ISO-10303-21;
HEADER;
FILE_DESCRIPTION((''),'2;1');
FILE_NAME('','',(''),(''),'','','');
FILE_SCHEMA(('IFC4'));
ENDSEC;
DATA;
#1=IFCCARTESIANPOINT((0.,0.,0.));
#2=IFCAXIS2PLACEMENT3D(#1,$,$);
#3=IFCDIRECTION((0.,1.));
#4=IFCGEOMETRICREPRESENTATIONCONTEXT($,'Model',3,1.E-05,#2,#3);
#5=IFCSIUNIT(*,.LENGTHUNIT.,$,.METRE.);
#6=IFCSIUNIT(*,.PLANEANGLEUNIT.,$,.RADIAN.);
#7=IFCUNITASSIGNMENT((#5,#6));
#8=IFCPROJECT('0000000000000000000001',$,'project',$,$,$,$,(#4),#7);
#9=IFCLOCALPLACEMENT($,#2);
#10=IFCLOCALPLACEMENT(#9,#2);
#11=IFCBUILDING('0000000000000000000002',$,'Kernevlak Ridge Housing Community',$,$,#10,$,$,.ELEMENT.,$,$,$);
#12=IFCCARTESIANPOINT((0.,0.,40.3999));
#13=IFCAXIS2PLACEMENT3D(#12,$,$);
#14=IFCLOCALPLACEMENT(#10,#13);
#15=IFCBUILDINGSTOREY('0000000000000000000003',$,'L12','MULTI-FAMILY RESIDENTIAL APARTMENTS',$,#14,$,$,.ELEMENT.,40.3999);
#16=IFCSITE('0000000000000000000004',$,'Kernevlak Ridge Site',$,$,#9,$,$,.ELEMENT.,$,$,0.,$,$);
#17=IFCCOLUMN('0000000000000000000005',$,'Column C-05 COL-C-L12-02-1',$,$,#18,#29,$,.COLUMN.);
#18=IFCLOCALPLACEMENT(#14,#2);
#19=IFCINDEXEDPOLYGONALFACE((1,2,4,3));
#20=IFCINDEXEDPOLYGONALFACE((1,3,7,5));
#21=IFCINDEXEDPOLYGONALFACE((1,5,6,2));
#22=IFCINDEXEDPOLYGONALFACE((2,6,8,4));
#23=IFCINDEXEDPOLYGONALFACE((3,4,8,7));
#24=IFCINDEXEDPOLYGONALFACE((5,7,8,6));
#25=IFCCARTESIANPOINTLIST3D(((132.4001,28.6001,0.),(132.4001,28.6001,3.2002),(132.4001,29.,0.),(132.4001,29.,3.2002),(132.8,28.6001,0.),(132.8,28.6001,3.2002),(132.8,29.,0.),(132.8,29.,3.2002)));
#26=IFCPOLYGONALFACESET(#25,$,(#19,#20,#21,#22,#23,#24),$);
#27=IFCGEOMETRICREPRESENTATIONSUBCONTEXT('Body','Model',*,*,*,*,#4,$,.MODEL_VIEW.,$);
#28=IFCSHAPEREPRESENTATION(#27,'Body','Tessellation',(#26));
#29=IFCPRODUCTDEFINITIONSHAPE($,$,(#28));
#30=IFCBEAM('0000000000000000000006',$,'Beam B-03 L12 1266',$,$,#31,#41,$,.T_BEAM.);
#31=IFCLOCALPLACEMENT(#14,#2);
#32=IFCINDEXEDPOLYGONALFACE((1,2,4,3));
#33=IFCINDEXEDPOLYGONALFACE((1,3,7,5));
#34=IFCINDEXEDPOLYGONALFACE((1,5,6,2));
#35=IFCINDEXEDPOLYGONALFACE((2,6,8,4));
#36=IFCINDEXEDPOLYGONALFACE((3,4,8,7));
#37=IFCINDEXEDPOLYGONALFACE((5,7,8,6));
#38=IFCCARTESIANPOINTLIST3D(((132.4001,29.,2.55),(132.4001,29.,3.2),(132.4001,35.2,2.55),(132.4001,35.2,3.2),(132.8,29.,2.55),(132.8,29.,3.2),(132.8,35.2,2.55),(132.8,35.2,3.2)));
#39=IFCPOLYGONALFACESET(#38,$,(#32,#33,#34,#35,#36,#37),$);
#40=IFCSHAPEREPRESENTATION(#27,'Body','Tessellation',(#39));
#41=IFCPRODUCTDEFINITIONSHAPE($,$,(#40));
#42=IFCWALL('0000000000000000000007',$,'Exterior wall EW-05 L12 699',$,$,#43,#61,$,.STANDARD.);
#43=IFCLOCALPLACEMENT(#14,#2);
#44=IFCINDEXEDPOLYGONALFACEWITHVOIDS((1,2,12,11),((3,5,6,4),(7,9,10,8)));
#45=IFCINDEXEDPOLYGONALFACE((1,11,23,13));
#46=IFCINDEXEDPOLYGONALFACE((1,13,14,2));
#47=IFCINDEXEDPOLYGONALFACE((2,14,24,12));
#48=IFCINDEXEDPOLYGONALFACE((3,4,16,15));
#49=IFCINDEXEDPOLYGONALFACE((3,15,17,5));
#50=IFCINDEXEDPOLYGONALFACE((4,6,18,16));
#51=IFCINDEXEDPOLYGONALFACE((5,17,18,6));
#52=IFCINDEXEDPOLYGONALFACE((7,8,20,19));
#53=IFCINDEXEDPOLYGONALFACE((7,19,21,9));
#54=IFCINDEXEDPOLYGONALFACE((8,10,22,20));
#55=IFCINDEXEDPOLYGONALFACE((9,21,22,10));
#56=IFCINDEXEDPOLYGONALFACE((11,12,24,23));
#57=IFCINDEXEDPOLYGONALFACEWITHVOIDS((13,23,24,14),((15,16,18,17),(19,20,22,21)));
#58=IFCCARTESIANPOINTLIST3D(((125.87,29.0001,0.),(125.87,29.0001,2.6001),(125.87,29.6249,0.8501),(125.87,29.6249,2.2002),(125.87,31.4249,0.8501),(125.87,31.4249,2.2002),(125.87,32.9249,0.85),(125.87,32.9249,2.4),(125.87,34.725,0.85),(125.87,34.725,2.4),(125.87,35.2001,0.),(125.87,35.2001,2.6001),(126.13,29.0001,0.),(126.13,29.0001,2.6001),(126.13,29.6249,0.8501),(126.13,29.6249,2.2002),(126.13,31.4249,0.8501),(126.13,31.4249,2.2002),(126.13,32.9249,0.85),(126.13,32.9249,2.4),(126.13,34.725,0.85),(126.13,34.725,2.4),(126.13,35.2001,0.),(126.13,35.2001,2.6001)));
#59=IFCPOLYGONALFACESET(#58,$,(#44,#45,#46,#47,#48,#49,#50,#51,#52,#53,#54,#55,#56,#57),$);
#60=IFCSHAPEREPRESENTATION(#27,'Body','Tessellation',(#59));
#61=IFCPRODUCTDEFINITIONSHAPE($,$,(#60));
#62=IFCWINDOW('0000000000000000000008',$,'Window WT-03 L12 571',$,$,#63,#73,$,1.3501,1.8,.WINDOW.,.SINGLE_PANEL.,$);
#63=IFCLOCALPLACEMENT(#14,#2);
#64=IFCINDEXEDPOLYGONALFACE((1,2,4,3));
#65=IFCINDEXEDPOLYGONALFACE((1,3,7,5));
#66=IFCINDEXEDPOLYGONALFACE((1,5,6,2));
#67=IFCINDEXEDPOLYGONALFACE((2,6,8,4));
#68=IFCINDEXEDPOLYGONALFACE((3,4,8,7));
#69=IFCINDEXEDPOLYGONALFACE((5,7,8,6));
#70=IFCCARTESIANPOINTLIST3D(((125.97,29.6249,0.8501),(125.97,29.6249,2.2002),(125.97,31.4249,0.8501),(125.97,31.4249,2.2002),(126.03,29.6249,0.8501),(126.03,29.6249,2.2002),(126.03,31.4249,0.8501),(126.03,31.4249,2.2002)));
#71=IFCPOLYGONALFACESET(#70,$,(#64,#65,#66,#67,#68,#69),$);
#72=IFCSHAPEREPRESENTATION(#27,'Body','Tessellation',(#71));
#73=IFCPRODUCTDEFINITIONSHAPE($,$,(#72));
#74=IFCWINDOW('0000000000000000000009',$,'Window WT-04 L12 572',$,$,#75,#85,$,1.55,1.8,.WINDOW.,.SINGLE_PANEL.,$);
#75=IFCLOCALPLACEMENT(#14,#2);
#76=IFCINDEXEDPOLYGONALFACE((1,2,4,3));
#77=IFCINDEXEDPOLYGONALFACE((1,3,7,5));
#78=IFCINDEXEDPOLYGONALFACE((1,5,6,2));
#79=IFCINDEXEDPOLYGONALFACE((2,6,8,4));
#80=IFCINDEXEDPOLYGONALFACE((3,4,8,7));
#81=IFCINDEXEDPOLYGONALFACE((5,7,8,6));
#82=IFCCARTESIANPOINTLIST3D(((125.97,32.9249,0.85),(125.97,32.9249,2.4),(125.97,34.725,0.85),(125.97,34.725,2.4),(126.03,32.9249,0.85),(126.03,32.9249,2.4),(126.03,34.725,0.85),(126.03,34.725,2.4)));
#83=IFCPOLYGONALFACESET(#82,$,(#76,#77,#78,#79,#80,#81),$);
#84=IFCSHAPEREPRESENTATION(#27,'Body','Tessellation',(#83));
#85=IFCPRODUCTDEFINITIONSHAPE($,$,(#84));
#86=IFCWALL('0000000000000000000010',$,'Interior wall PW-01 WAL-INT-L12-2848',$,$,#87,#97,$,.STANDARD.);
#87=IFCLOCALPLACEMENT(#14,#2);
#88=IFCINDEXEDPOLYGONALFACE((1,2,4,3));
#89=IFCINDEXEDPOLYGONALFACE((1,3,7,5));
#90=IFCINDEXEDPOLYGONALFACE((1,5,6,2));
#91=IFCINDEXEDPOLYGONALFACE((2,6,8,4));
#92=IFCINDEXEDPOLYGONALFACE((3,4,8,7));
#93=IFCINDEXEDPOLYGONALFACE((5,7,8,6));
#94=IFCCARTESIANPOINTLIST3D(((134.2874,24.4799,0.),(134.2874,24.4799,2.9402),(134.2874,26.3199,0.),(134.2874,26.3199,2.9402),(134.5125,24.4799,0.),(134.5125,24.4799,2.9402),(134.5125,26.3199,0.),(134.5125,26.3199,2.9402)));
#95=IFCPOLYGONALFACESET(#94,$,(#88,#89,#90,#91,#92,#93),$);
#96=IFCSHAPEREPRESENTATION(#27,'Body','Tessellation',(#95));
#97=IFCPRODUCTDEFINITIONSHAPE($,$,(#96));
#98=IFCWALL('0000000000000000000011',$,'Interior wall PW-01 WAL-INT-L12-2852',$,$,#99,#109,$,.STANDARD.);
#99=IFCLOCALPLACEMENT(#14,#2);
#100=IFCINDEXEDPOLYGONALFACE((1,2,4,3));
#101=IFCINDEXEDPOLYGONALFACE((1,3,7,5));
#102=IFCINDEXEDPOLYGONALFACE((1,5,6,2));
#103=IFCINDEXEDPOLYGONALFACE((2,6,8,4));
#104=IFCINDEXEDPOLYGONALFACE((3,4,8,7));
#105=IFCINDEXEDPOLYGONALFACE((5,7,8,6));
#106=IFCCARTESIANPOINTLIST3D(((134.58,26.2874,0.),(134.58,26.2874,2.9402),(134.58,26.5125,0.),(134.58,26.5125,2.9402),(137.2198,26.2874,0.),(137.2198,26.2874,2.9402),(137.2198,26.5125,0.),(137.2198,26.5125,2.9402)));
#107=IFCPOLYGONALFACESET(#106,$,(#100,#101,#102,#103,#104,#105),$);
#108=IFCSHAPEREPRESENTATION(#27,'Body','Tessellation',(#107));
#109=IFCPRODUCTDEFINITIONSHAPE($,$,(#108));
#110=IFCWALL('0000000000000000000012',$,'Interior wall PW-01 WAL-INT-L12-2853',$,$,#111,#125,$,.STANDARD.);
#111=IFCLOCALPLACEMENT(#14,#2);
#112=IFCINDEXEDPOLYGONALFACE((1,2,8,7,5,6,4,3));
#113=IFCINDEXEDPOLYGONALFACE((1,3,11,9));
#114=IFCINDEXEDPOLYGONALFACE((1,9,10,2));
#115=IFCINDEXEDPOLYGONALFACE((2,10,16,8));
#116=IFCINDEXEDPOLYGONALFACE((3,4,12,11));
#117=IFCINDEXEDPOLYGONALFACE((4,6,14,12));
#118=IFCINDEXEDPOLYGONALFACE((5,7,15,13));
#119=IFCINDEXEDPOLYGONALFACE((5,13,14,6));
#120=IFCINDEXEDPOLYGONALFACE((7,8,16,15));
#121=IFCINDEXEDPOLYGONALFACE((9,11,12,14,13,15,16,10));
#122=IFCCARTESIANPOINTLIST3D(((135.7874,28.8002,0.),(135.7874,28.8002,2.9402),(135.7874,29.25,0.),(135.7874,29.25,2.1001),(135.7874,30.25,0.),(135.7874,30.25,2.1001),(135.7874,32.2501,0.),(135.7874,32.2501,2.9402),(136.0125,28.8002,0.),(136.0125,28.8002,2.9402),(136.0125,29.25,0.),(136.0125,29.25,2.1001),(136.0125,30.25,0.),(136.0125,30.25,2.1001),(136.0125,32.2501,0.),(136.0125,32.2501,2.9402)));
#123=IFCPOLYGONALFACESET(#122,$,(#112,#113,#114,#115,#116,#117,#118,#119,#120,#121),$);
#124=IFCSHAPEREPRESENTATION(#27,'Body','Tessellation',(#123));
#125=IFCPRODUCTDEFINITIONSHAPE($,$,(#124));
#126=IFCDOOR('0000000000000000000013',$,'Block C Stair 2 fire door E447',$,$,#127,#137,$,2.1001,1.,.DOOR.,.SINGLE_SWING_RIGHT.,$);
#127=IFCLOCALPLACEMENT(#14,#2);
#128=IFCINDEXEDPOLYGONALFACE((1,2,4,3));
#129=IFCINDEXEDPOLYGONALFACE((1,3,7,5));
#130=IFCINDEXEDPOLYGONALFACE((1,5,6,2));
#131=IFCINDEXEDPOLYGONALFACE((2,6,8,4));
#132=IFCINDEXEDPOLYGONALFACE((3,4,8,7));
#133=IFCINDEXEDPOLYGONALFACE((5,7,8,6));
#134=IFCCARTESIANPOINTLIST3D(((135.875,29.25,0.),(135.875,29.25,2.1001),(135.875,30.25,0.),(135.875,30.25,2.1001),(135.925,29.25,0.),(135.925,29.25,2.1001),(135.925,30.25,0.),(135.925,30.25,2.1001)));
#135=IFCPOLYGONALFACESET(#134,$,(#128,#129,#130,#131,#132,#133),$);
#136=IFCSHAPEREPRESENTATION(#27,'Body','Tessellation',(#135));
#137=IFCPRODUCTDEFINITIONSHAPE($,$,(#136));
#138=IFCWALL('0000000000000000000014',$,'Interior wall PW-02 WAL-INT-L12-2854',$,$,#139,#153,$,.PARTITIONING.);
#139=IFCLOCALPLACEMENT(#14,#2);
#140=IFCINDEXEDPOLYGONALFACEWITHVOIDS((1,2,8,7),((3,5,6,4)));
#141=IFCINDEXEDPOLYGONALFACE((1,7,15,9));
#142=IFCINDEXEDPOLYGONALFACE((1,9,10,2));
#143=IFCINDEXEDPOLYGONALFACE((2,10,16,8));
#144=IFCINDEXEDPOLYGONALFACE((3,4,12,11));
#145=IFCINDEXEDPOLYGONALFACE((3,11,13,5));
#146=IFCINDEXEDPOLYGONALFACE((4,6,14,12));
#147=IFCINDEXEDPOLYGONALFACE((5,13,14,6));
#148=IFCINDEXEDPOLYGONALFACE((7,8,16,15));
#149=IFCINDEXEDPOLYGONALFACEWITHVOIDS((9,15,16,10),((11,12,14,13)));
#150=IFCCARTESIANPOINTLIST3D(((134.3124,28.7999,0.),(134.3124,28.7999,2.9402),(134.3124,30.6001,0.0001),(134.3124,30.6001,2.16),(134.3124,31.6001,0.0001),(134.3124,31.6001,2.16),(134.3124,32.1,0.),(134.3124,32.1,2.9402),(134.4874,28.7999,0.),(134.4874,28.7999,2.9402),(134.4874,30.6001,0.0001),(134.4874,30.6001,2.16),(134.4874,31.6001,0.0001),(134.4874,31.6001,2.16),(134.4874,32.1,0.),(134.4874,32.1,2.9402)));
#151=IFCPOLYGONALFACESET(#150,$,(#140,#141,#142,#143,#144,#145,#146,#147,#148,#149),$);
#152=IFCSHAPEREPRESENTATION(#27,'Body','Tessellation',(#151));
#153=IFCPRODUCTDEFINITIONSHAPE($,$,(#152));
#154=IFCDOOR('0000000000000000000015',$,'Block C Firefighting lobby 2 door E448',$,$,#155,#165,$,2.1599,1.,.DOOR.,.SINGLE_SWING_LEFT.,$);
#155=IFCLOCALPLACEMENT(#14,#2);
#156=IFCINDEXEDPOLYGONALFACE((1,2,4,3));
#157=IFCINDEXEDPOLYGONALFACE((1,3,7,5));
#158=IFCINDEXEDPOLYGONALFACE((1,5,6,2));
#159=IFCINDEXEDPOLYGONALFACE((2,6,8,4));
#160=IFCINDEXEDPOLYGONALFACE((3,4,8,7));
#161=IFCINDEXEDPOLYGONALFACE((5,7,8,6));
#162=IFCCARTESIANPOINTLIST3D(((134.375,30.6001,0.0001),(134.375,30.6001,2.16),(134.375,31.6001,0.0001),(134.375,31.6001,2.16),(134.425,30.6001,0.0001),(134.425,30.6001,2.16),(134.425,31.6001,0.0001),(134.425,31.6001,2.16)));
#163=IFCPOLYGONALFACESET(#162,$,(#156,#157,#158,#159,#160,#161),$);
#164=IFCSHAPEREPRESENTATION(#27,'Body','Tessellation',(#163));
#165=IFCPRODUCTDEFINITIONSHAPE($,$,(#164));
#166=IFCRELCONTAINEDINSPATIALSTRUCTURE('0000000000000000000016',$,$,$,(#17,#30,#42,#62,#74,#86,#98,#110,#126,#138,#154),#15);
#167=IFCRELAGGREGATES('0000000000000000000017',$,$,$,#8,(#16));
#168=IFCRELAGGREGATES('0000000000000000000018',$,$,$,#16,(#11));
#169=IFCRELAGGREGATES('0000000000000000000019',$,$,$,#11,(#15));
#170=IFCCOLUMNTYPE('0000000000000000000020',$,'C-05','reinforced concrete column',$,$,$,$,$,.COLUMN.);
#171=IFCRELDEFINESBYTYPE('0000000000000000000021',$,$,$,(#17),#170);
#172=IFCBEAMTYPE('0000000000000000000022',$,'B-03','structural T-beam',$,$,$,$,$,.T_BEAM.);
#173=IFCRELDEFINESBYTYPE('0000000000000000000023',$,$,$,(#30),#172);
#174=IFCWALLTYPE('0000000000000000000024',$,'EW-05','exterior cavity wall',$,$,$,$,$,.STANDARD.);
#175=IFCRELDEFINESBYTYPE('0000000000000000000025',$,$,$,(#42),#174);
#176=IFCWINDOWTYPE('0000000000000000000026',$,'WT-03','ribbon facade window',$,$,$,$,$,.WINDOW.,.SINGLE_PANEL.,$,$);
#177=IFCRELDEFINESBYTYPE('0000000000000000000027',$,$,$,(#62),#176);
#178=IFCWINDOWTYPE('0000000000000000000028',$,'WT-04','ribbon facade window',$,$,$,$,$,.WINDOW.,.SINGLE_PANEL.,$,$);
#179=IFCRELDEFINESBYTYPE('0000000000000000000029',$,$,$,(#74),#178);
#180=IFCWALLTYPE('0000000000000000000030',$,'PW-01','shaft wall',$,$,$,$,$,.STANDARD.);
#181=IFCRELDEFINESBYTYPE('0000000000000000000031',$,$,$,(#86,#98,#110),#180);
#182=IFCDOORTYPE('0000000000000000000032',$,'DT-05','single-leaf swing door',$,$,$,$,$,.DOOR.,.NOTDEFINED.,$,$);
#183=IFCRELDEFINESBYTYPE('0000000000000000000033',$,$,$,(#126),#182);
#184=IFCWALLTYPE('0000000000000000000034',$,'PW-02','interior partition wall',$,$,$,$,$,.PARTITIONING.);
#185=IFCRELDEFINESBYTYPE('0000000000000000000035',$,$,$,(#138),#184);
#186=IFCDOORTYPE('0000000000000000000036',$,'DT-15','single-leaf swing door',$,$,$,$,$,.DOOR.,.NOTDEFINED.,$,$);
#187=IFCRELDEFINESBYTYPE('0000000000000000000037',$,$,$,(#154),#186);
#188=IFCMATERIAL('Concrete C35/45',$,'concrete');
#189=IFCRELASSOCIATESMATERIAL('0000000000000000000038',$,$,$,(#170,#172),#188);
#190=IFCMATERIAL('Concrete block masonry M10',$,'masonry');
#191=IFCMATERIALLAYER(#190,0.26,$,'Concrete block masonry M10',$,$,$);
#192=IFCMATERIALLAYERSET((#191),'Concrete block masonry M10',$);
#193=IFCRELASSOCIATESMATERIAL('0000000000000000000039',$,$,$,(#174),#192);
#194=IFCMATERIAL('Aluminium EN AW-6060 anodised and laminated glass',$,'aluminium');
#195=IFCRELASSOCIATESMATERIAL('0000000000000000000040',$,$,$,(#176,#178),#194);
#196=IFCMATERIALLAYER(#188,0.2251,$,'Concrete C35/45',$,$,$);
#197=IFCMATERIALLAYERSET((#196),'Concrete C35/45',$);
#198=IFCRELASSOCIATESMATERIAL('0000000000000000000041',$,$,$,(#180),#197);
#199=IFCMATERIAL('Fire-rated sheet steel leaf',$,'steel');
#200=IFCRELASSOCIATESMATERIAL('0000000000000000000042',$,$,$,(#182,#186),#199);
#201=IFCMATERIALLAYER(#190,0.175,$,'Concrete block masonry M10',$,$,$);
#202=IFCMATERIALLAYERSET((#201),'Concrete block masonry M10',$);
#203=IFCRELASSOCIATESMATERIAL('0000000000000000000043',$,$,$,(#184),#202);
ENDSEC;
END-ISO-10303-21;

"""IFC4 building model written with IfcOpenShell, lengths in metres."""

from ifc_helpers import new_model, si_unit, direction, frame, frame_2d, origin, origin_2d, place, context, subcontext, project, spatial, rectangle, extrude, material, layer, layer_set, material_profile, profile_set, type_object, element, fill, save


model = new_model("IFC4")

# Units and contexts
model_context = context("Model", 3, precision=1e-05, world=origin(), true_north=direction((0.0, 1.0)))
body_context = subcontext(model_context, "Body", "Model", "MODEL_VIEW")
ifc_project = project(units=[si_unit("LENGTHUNIT", "METRE"), si_unit("PLANEANGLEUNIT", "RADIAN")], contexts=[model_context])

# Site, building, storey
site_placement = place(None, origin())
site = spatial("IfcSite", under=ifc_project, at=site_placement, Name="Kernevlak Ridge Site", CompositionType="ELEMENT", RefElevation=0.0)
building_placement = place(site_placement, origin())
building = spatial("IfcBuilding", under=site, at=building_placement, Name="Kernevlak Ridge Housing Community", CompositionType="ELEMENT")
storey_placement = place(building_placement, frame((0.0, 0.0, 40.3999)))
storey = spatial("IfcBuildingStorey", under=building, at=storey_placement, Name="L12", Description="MULTI-FAMILY RESIDENTIAL APARTMENTS", CompositionType="ELEMENT", Elevation=40.3999)

# Column
ifc_material_1 = material(Name="Concrete C35/45", Category="concrete")
ifc_material_profile_1 = material_profile(ifc_material_1, rectangle(XDim=0.3999, YDim=0.3999, at=origin_2d()), Name="RC 400x400")
ifc_profile_set_1 = profile_set([ifc_material_profile_1], Name="Concrete C35/45")
column_type = type_object("IfcColumnType", Name="C-05", Description="reinforced concrete column", PredefinedType="COLUMN", material=ifc_profile_set_1)
column_placement = place(storey_placement, frame((132.6001, 28.8, 0.0), z_axis=(0.0, 0.0, 1.0), x_axis=(1.0, 0.0, 0.0)))
element("IfcColumn", 1, at=column_placement, inside=storey, type_object=column_type, Name="Column C-05 COL-C-L12-02-1", PredefinedType="COLUMN", context=body_context, shape_type="SweptSolid", body=[
    extrude(rectangle(XDim=0.3999, YDim=0.3999, at=origin_2d()), origin(), (0.0, 0.0, 1.0), 3.2002),
])

# Beam
ifc_material_profile_2 = material_profile(ifc_material_1, rectangle(XDim=0.3999, YDim=0.6499, at=origin_2d()), Name="RC 400x650")
ifc_profile_set_2 = profile_set([ifc_material_profile_2], Name="Concrete C35/45")
beam_type = type_object("IfcBeamType", Name="B-03", Description="structural T-beam", PredefinedType="T_BEAM", material=ifc_profile_set_2)
beam_placement = place(storey_placement, frame((132.6001, 29.0, 2.875), z_axis=(0.0, 1.0, 0.0), x_axis=(-1.0, 0.0, 0.0)))
element("IfcBeam", 2, at=beam_placement, inside=storey, type_object=beam_type, Name="Beam B-03 L12 1266", PredefinedType="T_BEAM", context=body_context, shape_type="SweptSolid", body=[
    extrude(rectangle(XDim=0.3999, YDim=0.6499, at=origin_2d()), origin(), (0.0, 0.0, 1.0), 6.2),
])

# Wall, openings, windows
ifc_material_2 = material(Name="Concrete block masonry M10", Category="masonry")
ifc_layer_1 = layer(ifc_material_2, 0.26, Name="Concrete block masonry M10")
ifc_layer_set_1 = layer_set([ifc_layer_1], Name="Concrete block masonry M10")
wall_type_1 = type_object("IfcWallType", Name="EW-05", Description="exterior cavity wall", PredefinedType="STANDARD", material=ifc_layer_set_1)
wall_1_placement = place(storey_placement, frame((126.0, 29.0, 0.0), z_axis=(0.0, 0.0, 1.0), x_axis=(0.0, 1.0, 0.0)))
wall_1 = element("IfcWall", 3, at=wall_1_placement, inside=storey, type_object=wall_type_1, Name="Exterior wall EW-05 L12 699", PredefinedType="STANDARD", context=body_context, shape_type="SweptSolid", body=[
    extrude(rectangle(XDim=6.2, YDim=0.26, at=frame_2d((3.1001, 0.0))), origin(), (0.0, 0.0, 1.0), 2.6001),
])
opening_1_placement = place(wall_1_placement, frame((0.625, 0.0, 0.8501)))
opening_1 = element("IfcOpeningElement", 4, at=opening_1_placement, cuts=wall_1, PredefinedType="OPENING", context=body_context, shape_type="SweptSolid", body=[
    extrude(rectangle(XDim=1.8, YDim=1.3501, at=frame_2d((0.8999, 0.675))), frame((0.0, 0.1399, 0.0), z_axis=(0.0, -1.0, 0.0), x_axis=(1.0, 0.0, 0.0)), (0.0, 0.0, 1.0), 0.28),
])
opening_2_placement = place(wall_1_placement, frame((3.925, 0.0, 0.8501)))
opening_2 = element("IfcOpeningElement", 5, at=opening_2_placement, cuts=wall_1, PredefinedType="OPENING", context=body_context, shape_type="SweptSolid", body=[
    extrude(rectangle(XDim=1.8, YDim=1.55, at=frame_2d((0.8999, 0.7749))), frame((0.0, 0.1399, 0.0), z_axis=(0.0, -1.0, 0.0), x_axis=(1.0, 0.0, 0.0)), (0.0, 0.0, 1.0), 0.28),
])
ifc_material_3 = material(Name="Aluminium EN AW-6060 anodised and laminated glass", Category="aluminium")
window_type_1 = type_object("IfcWindowType", Name="WT-03", Description="ribbon facade window", PartitioningType="SINGLE_PANEL", PredefinedType="WINDOW", material=ifc_material_3)
window_1_placement = place(opening_1_placement, origin())
window_1 = element("IfcWindow", 6, at=window_1_placement, inside=storey, type_object=window_type_1, Name="Window WT-03 L12 571", OverallHeight=1.3501, OverallWidth=1.8, PartitioningType="SINGLE_PANEL", PredefinedType="WINDOW", context=body_context, shape_type="SweptSolid", body=[
    extrude(rectangle(XDim=1.8, YDim=1.3501, at=frame_2d((0.8999, 0.675))), frame((0.0, 0.03, 0.0), z_axis=(0.0, -1.0, 0.0), x_axis=(1.0, 0.0, 0.0)), (0.0, 0.0, 1.0), 0.0601),
])
fill(opening_1, window_1)
window_type_2 = type_object("IfcWindowType", Name="WT-04", Description="ribbon facade window", PartitioningType="SINGLE_PANEL", PredefinedType="WINDOW", material=ifc_material_3)
window_2_placement = place(opening_2_placement, origin())
window_2 = element("IfcWindow", 7, at=window_2_placement, inside=storey, type_object=window_type_2, Name="Window WT-04 L12 572", OverallHeight=1.55, OverallWidth=1.8, PartitioningType="SINGLE_PANEL", PredefinedType="WINDOW", context=body_context, shape_type="SweptSolid", body=[
    extrude(rectangle(XDim=1.8, YDim=1.55, at=frame_2d((0.8999, 0.7749))), frame((0.0, 0.03, 0.0), z_axis=(0.0, -1.0, 0.0), x_axis=(1.0, 0.0, 0.0)), (0.0, 0.0, 1.0), 0.0601),
])
fill(opening_2, window_2)

# Walls
ifc_layer_2 = layer(ifc_material_1, 0.2251, Name="Concrete C35/45")
ifc_layer_set_2 = layer_set([ifc_layer_2], Name="Concrete C35/45")
wall_type_2 = type_object("IfcWallType", Name="PW-01", Description="shaft wall", PredefinedType="STANDARD", material=ifc_layer_set_2)
wall_2_placement = place(storey_placement, frame((134.3999, 24.48, 0.0), z_axis=(0.0, 0.0, 1.0), x_axis=(0.0, 1.0, 0.0)))
element("IfcWall", 8, at=wall_2_placement, inside=storey, type_object=wall_type_2, Name="Interior wall PW-01 WAL-INT-L12-2848", PredefinedType="STANDARD", context=body_context, shape_type="SweptSolid", body=[
    extrude(rectangle(XDim=1.8401, YDim=0.2251, at=frame_2d((0.9199, 0.0))), origin(), (0.0, 0.0, 1.0), 2.9402),
])
wall_3_placement = place(storey_placement, frame((134.5801, 26.3999, 0.0), z_axis=(0.0, 0.0, 1.0), x_axis=(1.0, 0.0, 0.0)))
element("IfcWall", 9, at=wall_3_placement, inside=storey, type_object=wall_type_2, Name="Interior wall PW-01 WAL-INT-L12-2852", PredefinedType="STANDARD", context=body_context, shape_type="SweptSolid", body=[
    extrude(rectangle(XDim=2.6399, YDim=0.2251, at=frame_2d((1.3198, 0.0))), origin(), (0.0, 0.0, 1.0), 2.9402),
])

# Walls, openings, doors
wall_4_placement = place(storey_placement, frame((135.8999, 28.8, 0.0), z_axis=(0.0, 0.0, 1.0), x_axis=(0.0, 1.0, 0.0)))
wall_4 = element("IfcWall", 10, at=wall_4_placement, inside=storey, type_object=wall_type_2, Name="Interior wall PW-01 WAL-INT-L12-2853", PredefinedType="STANDARD", context=body_context, shape_type="SweptSolid", body=[
    extrude(rectangle(XDim=3.45, YDim=0.2251, at=frame_2d((1.7251, 0.0))), origin(), (0.0, 0.0, 1.0), 2.9402),
])
opening_3_placement = place(wall_4_placement, frame((0.45, 0.0, 0.0)))
opening_3 = element("IfcOpeningElement", 11, at=opening_3_placement, cuts=wall_4, PredefinedType="OPENING", context=body_context, shape_type="SweptSolid", body=[
    extrude(rectangle(XDim=1.0, YDim=2.1001, at=frame_2d((0.5, 1.05))), frame((0.0, 0.1226, 0.0), z_axis=(0.0, -1.0, 0.0), x_axis=(1.0, 0.0, 0.0)), (0.0, 0.0, 1.0), 0.2451),
])
ifc_material_4 = material(Name="Fire-rated sheet steel leaf", Category="steel")
door_type_1 = type_object("IfcDoorType", Name="DT-05", Description="single-leaf swing door", OperationType="NOTDEFINED", PredefinedType="DOOR", material=ifc_material_4)
door_1_placement = place(opening_3_placement, origin())
door_1 = element("IfcDoor", 12, at=door_1_placement, inside=storey, type_object=door_type_1, Name="Block C Stair 2 fire door E447", OperationType="SINGLE_SWING_RIGHT", OverallHeight=2.1001, OverallWidth=1.0, PredefinedType="DOOR", context=body_context, shape_type="SweptSolid", body=[
    extrude(rectangle(XDim=1.0, YDim=2.1001, at=frame_2d((0.5, 1.05))), frame((0.0, 0.0249, 0.0), z_axis=(0.0, -1.0, 0.0), x_axis=(1.0, 0.0, 0.0)), (0.0, 0.0, 1.0), 0.05),
])
fill(opening_3, door_1)
ifc_layer_3 = layer(ifc_material_2, 0.175, Name="Concrete block masonry M10")
ifc_layer_set_3 = layer_set([ifc_layer_3], Name="Concrete block masonry M10")
wall_type_3 = type_object("IfcWallType", Name="PW-02", Description="interior partition wall", PredefinedType="PARTITIONING", material=ifc_layer_set_3)
wall_5_placement = place(storey_placement, frame((134.3999, 28.8, 0.0), z_axis=(0.0, 0.0, 1.0), x_axis=(0.0, 1.0, 0.0)))
wall_5 = element("IfcWall", 13, at=wall_5_placement, inside=storey, type_object=wall_type_3, Name="Interior wall PW-02 WAL-INT-L12-2854", PredefinedType="PARTITIONING", context=body_context, shape_type="SweptSolid", body=[
    extrude(rectangle(XDim=3.3, YDim=0.175, at=frame_2d((1.6499, 0.0))), origin(), (0.0, 0.0, 1.0), 2.9402),
])
opening_4_placement = place(wall_5_placement, frame((1.8, 0.0, 0.0)))
opening_4 = element("IfcOpeningElement", 14, at=opening_4_placement, cuts=wall_5, PredefinedType="OPENING", context=body_context, shape_type="SweptSolid", body=[
    extrude(rectangle(XDim=1.0, YDim=2.1599, at=frame_2d((0.5, 1.0801))), frame((0.0, 0.0974, 0.0), z_axis=(0.0, -1.0, 0.0), x_axis=(1.0, 0.0, 0.0)), (0.0, 0.0, 1.0), 0.1951),
])
door_type_2 = type_object("IfcDoorType", Name="DT-15", Description="single-leaf swing door", OperationType="NOTDEFINED", PredefinedType="DOOR", material=ifc_material_4)
door_2_placement = place(opening_4_placement, origin())
door_2 = element("IfcDoor", 15, at=door_2_placement, inside=storey, type_object=door_type_2, Name="Block C Firefighting lobby 2 door E448", OperationType="SINGLE_SWING_LEFT", OverallHeight=2.1599, OverallWidth=1.0, PredefinedType="DOOR", context=body_context, shape_type="SweptSolid", body=[
    extrude(rectangle(XDim=1.0, YDim=2.1599, at=frame_2d((0.5, 1.0801))), frame((0.0, 0.0249, 0.0), z_axis=(0.0, -1.0, 0.0), x_axis=(1.0, 0.0, 0.0)), (0.0, 0.0, 1.0), 0.05),
])
fill(opening_4, door_2)

save(model, "model.ifc")
